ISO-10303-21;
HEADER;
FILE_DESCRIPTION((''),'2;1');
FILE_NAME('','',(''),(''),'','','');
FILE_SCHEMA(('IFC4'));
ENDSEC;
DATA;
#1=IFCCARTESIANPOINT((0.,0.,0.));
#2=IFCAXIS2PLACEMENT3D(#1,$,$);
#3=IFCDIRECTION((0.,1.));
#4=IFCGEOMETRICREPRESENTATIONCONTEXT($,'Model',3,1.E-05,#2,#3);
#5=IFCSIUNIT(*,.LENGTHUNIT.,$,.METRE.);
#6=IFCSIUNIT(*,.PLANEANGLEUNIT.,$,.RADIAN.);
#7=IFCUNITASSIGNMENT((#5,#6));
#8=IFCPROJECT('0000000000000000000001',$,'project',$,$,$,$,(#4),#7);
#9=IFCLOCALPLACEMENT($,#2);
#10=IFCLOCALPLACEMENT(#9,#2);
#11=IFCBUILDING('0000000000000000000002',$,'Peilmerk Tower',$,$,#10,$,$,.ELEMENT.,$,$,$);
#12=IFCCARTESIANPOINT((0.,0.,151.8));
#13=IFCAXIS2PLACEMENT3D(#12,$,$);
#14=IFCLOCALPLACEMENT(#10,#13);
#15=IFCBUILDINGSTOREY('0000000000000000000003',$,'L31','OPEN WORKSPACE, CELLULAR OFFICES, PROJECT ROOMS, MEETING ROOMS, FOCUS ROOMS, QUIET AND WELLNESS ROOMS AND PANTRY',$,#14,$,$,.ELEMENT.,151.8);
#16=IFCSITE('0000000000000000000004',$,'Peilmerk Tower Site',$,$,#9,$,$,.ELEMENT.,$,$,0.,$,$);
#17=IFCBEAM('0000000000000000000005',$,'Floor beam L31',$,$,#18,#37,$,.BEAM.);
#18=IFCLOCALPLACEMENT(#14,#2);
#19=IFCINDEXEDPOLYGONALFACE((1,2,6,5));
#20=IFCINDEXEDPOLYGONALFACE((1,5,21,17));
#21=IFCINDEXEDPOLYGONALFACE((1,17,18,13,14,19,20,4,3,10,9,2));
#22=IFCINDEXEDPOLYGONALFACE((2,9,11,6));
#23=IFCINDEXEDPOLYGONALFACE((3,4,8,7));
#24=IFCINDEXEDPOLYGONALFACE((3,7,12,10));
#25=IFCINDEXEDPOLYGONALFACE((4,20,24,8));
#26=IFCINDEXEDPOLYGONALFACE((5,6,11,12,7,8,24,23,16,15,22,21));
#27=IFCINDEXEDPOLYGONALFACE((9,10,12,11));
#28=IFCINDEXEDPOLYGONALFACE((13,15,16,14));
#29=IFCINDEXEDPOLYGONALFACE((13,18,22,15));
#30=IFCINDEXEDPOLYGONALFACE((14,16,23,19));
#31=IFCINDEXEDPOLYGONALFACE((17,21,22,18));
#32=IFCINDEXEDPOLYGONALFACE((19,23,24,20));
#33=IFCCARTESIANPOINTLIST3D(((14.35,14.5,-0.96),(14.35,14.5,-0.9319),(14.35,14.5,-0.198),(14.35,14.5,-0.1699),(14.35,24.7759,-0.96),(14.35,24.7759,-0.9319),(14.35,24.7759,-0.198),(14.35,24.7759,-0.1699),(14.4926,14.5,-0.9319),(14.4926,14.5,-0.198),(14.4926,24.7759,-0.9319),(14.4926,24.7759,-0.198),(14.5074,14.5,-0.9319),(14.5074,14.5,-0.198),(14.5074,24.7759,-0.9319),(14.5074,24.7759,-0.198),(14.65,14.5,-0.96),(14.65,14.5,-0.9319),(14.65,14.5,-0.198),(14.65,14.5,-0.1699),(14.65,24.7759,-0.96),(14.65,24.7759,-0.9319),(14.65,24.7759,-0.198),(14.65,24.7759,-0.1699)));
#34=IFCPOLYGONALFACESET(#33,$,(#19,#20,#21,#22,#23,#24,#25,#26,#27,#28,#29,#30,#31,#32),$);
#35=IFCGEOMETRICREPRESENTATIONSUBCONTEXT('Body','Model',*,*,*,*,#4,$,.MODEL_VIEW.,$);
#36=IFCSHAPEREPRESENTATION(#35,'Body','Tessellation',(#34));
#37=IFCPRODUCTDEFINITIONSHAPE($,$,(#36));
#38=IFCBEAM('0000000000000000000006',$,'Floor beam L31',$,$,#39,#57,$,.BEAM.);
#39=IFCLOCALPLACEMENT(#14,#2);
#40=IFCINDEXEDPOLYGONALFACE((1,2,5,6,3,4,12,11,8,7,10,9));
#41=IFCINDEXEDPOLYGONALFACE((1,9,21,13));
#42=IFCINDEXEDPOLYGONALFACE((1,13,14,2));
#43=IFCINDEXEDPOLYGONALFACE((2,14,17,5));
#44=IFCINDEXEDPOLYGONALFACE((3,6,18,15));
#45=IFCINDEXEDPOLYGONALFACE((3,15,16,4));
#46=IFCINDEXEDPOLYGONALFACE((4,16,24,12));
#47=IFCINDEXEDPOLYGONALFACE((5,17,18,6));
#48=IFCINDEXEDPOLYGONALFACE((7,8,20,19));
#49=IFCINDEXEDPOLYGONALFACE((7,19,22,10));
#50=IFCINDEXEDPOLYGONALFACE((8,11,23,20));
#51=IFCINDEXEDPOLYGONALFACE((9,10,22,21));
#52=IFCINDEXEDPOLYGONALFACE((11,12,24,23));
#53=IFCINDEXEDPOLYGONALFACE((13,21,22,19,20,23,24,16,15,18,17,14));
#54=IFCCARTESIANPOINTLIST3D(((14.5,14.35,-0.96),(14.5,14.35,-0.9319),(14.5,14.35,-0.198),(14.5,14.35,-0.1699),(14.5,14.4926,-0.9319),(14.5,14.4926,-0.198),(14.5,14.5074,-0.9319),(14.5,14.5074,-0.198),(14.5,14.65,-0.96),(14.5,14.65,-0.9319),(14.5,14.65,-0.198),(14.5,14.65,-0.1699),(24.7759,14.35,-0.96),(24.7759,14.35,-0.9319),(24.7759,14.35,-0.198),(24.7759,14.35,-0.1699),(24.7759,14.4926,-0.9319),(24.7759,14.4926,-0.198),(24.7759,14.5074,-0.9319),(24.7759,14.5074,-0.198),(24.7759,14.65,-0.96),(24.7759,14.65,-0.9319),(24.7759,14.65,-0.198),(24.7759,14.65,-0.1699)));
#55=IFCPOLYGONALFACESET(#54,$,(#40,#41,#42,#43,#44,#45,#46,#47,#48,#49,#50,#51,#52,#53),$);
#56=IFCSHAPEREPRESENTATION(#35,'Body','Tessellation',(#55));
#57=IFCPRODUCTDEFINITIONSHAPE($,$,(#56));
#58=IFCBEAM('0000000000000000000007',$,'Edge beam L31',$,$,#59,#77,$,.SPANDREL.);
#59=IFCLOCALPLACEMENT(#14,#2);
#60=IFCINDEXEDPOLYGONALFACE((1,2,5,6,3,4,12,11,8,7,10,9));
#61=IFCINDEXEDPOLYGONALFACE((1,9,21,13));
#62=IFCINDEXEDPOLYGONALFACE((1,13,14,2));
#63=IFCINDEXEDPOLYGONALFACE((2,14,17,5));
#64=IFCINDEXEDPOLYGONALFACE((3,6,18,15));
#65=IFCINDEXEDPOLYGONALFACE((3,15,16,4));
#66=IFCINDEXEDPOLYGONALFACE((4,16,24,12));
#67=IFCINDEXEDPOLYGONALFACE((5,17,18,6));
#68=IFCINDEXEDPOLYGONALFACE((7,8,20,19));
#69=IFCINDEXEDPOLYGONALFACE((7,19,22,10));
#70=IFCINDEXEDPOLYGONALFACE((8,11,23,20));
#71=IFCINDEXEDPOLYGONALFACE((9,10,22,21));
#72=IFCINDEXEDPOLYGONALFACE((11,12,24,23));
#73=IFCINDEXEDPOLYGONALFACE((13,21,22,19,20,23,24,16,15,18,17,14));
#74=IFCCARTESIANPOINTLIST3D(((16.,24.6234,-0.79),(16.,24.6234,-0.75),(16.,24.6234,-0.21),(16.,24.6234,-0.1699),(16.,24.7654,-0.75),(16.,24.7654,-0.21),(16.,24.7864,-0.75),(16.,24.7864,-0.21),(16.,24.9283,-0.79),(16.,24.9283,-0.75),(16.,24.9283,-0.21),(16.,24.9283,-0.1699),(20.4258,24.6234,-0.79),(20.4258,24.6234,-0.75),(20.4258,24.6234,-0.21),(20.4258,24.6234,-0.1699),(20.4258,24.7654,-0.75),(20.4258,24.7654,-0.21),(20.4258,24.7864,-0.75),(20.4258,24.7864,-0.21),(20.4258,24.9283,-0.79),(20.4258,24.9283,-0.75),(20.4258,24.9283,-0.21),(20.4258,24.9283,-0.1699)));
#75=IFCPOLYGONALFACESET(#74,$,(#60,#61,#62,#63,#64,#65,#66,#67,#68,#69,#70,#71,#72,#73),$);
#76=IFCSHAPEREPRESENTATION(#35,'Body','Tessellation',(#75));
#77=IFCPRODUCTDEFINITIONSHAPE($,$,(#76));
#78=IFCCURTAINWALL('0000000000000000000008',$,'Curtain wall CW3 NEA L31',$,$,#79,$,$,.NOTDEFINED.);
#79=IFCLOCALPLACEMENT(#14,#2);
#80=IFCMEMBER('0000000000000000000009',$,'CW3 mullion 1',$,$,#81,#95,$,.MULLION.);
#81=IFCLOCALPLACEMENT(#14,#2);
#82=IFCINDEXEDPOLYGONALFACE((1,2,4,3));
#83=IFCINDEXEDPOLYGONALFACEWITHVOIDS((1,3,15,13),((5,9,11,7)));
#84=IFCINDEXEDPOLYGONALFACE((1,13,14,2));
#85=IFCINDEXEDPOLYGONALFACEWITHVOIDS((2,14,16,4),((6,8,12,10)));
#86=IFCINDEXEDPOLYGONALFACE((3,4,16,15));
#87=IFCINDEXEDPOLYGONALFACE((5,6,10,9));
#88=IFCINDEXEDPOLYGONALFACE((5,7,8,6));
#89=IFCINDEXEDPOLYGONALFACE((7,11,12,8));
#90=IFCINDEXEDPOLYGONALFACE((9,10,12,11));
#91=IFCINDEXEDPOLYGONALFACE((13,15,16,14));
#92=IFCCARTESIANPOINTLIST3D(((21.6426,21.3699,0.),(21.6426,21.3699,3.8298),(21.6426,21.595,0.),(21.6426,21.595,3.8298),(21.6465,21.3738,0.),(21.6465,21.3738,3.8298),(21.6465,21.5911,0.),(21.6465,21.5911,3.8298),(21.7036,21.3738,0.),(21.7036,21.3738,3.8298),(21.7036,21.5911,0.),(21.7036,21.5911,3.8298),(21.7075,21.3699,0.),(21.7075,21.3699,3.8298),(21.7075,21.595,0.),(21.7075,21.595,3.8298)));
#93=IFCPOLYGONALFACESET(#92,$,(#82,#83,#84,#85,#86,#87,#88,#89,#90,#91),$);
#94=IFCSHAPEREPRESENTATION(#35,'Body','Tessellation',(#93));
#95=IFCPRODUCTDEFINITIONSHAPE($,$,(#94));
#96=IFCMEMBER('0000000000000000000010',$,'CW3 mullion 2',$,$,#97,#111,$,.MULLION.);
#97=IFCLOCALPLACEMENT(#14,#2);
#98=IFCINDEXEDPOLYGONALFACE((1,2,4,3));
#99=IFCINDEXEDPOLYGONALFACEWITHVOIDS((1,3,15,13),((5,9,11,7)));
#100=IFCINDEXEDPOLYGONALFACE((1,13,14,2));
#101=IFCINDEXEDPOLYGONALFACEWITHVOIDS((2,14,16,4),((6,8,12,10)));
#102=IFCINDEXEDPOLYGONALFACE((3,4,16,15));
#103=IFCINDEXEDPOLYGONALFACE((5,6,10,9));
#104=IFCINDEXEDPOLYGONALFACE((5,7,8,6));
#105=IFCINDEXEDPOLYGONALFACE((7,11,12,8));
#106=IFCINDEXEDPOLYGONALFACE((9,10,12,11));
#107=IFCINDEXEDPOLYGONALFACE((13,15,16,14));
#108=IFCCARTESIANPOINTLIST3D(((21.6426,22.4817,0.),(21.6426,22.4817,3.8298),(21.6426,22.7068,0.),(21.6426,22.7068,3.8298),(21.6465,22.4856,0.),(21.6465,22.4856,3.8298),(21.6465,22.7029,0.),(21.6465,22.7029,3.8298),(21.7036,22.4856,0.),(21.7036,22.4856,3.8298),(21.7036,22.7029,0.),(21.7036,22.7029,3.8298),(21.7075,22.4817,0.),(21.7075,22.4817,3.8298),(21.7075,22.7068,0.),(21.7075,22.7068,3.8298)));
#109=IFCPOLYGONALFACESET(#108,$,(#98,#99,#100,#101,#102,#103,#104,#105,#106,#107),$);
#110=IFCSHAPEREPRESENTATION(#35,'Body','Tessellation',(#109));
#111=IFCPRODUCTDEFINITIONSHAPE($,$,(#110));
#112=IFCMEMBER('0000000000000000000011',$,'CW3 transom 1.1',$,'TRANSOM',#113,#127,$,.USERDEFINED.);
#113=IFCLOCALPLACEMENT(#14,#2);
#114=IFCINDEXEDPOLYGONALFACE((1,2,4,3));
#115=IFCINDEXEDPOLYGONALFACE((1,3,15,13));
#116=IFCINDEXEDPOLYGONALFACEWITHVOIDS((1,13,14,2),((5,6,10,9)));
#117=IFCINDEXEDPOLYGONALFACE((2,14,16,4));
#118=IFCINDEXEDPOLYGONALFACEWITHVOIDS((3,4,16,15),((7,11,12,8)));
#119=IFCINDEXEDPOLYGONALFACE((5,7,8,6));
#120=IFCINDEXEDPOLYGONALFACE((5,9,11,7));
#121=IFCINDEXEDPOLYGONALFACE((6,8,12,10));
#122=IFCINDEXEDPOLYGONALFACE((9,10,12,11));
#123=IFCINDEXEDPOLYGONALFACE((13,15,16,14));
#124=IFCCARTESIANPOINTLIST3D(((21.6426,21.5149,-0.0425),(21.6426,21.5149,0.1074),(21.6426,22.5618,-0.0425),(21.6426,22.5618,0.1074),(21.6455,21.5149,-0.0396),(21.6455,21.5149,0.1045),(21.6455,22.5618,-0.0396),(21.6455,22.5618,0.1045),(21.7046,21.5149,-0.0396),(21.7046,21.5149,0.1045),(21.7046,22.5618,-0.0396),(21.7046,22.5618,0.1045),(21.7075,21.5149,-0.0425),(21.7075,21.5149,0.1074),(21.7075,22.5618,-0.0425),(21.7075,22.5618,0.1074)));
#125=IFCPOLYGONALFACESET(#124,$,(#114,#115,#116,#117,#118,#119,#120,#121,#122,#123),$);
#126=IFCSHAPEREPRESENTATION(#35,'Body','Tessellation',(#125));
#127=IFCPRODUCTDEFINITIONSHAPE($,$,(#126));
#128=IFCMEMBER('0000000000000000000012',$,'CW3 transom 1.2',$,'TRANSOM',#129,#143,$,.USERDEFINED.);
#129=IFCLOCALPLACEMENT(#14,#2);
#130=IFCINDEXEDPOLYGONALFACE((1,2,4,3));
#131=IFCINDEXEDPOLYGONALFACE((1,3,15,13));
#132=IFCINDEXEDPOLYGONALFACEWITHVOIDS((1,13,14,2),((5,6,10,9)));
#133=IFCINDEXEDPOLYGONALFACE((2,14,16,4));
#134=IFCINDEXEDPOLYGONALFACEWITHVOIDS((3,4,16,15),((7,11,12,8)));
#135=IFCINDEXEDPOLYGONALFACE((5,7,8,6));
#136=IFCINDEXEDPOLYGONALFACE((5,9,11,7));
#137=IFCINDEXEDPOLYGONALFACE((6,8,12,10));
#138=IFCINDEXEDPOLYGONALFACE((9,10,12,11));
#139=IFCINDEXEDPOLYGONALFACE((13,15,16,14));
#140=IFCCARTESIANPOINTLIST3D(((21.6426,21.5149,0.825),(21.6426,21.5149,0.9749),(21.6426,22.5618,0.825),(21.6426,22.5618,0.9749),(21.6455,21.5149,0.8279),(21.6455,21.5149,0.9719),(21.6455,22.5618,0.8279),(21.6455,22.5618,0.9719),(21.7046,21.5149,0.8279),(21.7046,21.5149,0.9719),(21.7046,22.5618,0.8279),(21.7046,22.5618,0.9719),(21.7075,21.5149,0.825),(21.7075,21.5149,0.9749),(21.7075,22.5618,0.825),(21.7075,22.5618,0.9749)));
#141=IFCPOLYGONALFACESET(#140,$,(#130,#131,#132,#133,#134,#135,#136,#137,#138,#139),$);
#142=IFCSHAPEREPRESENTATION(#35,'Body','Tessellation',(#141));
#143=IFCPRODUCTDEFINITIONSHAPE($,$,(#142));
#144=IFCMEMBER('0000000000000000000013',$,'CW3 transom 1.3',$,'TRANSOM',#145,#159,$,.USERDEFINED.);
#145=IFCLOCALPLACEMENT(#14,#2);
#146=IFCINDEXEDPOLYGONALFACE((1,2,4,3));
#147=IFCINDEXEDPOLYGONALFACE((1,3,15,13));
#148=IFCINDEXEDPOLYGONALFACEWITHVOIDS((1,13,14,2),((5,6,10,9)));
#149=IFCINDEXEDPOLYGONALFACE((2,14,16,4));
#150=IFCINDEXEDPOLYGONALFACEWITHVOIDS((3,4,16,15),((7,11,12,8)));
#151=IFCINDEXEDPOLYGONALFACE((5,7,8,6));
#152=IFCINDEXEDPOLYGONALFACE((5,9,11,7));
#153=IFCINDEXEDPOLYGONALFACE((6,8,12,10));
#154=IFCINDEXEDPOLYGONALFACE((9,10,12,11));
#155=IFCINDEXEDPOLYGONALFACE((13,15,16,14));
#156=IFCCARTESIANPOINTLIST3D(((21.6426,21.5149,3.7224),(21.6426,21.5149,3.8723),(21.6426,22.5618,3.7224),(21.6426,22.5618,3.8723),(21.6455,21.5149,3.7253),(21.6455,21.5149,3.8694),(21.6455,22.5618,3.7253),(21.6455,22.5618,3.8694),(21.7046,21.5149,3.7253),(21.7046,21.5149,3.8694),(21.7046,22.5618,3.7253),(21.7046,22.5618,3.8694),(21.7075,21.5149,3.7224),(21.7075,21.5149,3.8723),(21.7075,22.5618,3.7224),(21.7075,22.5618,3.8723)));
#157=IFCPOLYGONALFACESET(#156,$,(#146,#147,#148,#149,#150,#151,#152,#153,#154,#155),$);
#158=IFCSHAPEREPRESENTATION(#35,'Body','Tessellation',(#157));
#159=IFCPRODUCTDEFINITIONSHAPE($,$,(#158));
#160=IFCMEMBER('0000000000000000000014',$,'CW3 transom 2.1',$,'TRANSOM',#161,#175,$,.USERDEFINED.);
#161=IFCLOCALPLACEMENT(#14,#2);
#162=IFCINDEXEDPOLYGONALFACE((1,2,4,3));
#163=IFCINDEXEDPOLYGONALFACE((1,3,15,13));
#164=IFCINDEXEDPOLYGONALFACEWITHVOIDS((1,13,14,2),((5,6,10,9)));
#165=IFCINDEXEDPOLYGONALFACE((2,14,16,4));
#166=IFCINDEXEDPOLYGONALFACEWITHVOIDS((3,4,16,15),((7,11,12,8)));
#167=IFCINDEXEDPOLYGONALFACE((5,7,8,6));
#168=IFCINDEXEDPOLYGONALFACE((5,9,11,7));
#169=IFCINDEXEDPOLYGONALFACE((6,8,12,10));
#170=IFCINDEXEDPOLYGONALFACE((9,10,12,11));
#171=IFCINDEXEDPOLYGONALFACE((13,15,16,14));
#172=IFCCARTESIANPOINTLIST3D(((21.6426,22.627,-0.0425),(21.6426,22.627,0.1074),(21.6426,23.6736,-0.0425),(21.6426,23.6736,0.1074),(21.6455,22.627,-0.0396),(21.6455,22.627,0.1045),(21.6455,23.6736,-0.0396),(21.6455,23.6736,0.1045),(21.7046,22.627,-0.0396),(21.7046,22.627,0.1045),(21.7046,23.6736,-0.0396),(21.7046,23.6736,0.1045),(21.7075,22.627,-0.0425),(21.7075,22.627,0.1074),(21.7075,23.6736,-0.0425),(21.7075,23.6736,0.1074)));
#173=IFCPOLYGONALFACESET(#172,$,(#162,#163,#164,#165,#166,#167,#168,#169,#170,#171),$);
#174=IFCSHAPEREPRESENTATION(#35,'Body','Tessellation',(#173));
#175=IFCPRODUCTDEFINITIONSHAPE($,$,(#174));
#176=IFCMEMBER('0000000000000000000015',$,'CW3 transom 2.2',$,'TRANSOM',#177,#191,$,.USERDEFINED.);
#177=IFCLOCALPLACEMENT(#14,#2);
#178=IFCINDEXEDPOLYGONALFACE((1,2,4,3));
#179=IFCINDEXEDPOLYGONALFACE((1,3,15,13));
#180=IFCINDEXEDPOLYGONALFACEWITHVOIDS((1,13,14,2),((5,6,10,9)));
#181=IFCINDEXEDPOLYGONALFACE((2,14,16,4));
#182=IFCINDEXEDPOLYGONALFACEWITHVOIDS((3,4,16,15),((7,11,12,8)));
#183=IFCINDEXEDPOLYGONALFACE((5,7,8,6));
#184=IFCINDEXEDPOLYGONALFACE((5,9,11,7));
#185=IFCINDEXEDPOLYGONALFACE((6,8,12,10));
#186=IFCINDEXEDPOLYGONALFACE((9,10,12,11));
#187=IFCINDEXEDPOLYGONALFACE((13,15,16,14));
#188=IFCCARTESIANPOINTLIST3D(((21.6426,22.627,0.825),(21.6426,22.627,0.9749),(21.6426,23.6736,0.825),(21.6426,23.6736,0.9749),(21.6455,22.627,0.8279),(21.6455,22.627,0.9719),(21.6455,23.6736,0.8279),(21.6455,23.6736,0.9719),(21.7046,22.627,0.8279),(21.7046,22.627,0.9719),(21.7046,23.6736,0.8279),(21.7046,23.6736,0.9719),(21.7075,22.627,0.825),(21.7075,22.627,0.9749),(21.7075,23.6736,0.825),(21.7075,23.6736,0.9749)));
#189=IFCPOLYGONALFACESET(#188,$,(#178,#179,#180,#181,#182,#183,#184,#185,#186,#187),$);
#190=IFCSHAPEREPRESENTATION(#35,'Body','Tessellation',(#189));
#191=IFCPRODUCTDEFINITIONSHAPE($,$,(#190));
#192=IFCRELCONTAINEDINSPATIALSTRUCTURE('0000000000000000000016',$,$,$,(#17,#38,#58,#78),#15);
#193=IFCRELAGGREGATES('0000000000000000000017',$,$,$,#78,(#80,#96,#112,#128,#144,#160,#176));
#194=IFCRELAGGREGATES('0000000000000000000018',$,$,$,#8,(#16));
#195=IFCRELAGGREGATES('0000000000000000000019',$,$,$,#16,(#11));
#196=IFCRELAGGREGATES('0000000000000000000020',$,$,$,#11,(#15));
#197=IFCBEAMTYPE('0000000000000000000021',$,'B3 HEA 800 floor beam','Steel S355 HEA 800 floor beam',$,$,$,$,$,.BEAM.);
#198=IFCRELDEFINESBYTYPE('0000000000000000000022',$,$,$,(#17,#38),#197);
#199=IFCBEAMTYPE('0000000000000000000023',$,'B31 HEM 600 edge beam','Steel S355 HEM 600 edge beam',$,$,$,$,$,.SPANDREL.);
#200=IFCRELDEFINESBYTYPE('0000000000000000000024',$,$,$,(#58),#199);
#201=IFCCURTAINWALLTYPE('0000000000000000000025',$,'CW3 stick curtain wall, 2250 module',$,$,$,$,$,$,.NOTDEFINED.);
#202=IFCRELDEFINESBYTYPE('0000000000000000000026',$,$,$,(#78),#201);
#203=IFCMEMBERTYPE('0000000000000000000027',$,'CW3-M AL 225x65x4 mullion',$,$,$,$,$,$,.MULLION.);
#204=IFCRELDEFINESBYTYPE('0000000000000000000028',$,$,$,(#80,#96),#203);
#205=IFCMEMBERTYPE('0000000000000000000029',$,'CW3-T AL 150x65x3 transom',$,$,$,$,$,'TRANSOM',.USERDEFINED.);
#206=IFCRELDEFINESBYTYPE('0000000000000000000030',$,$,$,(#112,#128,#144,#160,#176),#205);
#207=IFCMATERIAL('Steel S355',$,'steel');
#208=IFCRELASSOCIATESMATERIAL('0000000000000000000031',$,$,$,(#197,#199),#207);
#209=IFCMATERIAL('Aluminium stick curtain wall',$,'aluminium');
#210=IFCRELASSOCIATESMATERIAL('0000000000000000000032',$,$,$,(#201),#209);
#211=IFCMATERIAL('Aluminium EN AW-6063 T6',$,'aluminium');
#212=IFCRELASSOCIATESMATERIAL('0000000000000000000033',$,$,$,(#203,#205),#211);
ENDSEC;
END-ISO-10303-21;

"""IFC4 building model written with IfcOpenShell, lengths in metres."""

from ifc_helpers import new_model, si_unit, direction, frame, origin, origin_2d, place, context, subcontext, project, spatial, hollow_rectangle, i_section, extrude, material, material_profile, profile_set, type_object, element, aggregate, save


model = new_model("IFC4")

# Units and contexts
model_context = context("Model", 3, precision=1e-05, world=origin(), true_north=direction((0.0, 1.0)))
body_context = subcontext(model_context, "Body", "Model", "MODEL_VIEW")
ifc_project = project(units=[si_unit("LENGTHUNIT", "METRE"), si_unit("PLANEANGLEUNIT", "RADIAN")], contexts=[model_context])

# Site, building, storey
site_placement = place(None, origin())
site = spatial("IfcSite", under=ifc_project, at=site_placement, Name="Peilmerk Tower Site", CompositionType="ELEMENT", RefElevation=0.0)
building_placement = place(site_placement, origin())
building = spatial("IfcBuilding", under=site, at=building_placement, Name="Peilmerk Tower", CompositionType="ELEMENT")
storey_placement = place(building_placement, frame((0.0, 0.0, 151.8)))
storey = spatial("IfcBuildingStorey", under=building, at=storey_placement, Name="L31", Description="OPEN WORKSPACE, CELLULAR OFFICES, PROJECT ROOMS, MEETING ROOMS, FOCUS ROOMS, QUIET AND WELLNESS ROOMS AND PANTRY", CompositionType="ELEMENT", Elevation=151.8)

# Beams
ifc_material_1 = material(Name="Steel S355", Category="steel")
ifc_material_profile_1 = material_profile(ifc_material_1, i_section(OverallWidth=0.3, OverallDepth=0.79, WebThickness=0.0149, FlangeThickness=0.0281, at=origin_2d()), Name="HEA 800")
ifc_profile_set_1 = profile_set([ifc_material_profile_1], Name="Steel S355")
beam_type_1 = type_object("IfcBeamType", Name="B3 HEA 800 floor beam", Description="Steel S355 HEA 800 floor beam", PredefinedType="BEAM", material=ifc_profile_set_1)
for number, where, z_axis, x_axis, name in (
    (1, (14.5, 14.5, -0.5649), (0.0, 1.0, 0.0), (-1.0, 0.0, 0.0), "Floor beam L31"),
    (2, (14.5, 14.5, -0.5649), (1.0, 0.0, 0.0), (0.0, 1.0, 0.0), "Floor beam L31"),
):
    element("IfcBeam", number, at=place(storey_placement, frame(where, z_axis=z_axis, x_axis=x_axis)), inside=storey, type_object=beam_type_1, Name=name, PredefinedType="BEAM", context=body_context, shape_type="SweptSolid", body=[
        extrude(i_section(OverallWidth=0.3, OverallDepth=0.79, WebThickness=0.0149, FlangeThickness=0.0281, at=origin_2d()), origin(), (0.0, 0.0, 1.0), 10.2759),
    ])
ifc_material_profile_2 = material_profile(ifc_material_1, i_section(OverallWidth=0.3049, OverallDepth=0.6201, WebThickness=0.021, FlangeThickness=0.04, at=origin_2d()), Name="HEM 600")
ifc_profile_set_2 = profile_set([ifc_material_profile_2], Name="Steel S355")
beam_type_2 = type_object("IfcBeamType", Name="B31 HEM 600 edge beam", Description="Steel S355 HEM 600 edge beam", PredefinedType="SPANDREL", material=ifc_profile_set_2)
beam_1_placement = place(storey_placement, frame((20.4258, 24.7759, -0.48), z_axis=(-1.0, 0.0, 0.0), x_axis=(0.0, -1.0, 0.0)))
element("IfcBeam", 3, at=beam_1_placement, inside=storey, type_object=beam_type_2, Name="Edge beam L31", PredefinedType="SPANDREL", context=body_context, shape_type="SweptSolid", body=[
    extrude(i_section(OverallWidth=0.3049, OverallDepth=0.6201, WebThickness=0.021, FlangeThickness=0.04, at=origin_2d()), origin(), (0.0, 0.0, 1.0), 4.4258),
])

# Curtain wall, members
ifc_material_2 = material(Name="Aluminium stick curtain wall", Category="aluminium")
curtain_wall_type = type_object("IfcCurtainWallType", Name="CW3 stick curtain wall, 2250 module", PredefinedType="NOTDEFINED", material=ifc_material_2)
curtain_wall_placement = place(storey_placement, origin())
curtain_wall = element("IfcCurtainWall", 4, at=curtain_wall_placement, inside=storey, type_object=curtain_wall_type, Name="Curtain wall CW3 NEA L31", PredefinedType="NOTDEFINED")
ifc_material_3 = material(Name="Aluminium EN AW-6063 T6", Category="aluminium")
ifc_material_profile_3 = material_profile(ifc_material_3, hollow_rectangle(XDim=0.0649, YDim=0.2251, WallThickness=0.0039, at=origin_2d()), Name="AL 225x65x4")
ifc_profile_set_3 = profile_set([ifc_material_profile_3], Name="Aluminium EN AW-6063 T6")
member_type_1 = type_object("IfcMemberType", Name="CW3-M AL 225x65x4 mullion", PredefinedType="MULLION", material=ifc_profile_set_3)
member_1_placement = place(storey_placement, frame((21.675, 21.4824, 0.0), z_axis=(0.0, 0.0, 1.0), x_axis=(-1.0, 0.0, 0.0)))
member_1 = element("IfcMember", 5, at=member_1_placement, type_object=member_type_1, Name="CW3 mullion 1", PredefinedType="MULLION", context=body_context, shape_type="SweptSolid", body=[
    extrude(hollow_rectangle(XDim=0.0649, YDim=0.2251, WallThickness=0.0039, at=origin_2d()), origin(), (0.0, 0.0, 1.0), 3.8298),
])
member_2_placement = place(storey_placement, frame((21.675, 22.5942, 0.0), z_axis=(0.0, 0.0, 1.0), x_axis=(-1.0, 0.0, 0.0)))
member_2 = element("IfcMember", 6, at=member_2_placement, type_object=member_type_1, Name="CW3 mullion 2", PredefinedType="MULLION", context=body_context, shape_type="SweptSolid", body=[
    extrude(hollow_rectangle(XDim=0.0649, YDim=0.2251, WallThickness=0.0039, at=origin_2d()), origin(), (0.0, 0.0, 1.0), 3.8298),
])
ifc_material_profile_4 = material_profile(ifc_material_3, hollow_rectangle(XDim=0.0649, YDim=0.1499, WallThickness=0.0029, at=origin_2d()), Name="AL 150x65x3")
ifc_profile_set_4 = profile_set([ifc_material_profile_4], Name="Aluminium EN AW-6063 T6")
member_type_2 = type_object("IfcMemberType", Name="CW3-T AL 150x65x3 transom", ElementType="TRANSOM", PredefinedType="USERDEFINED", material=ifc_profile_set_4)
member_3_placement = place(storey_placement, frame((21.675, 21.5149, 0.0325), z_axis=(0.0, 1.0, 0.0), x_axis=(-1.0, 0.0, 0.0)))
member_3 = element("IfcMember", 7, at=member_3_placement, type_object=member_type_2, Name="CW3 transom 1.1", ObjectType="TRANSOM", PredefinedType="USERDEFINED", context=body_context, shape_type="SweptSolid", body=[
    extrude(hollow_rectangle(XDim=0.0649, YDim=0.1499, WallThickness=0.0029, at=origin_2d()), origin(), (0.0, 0.0, 1.0), 1.0469),
])
member_4_placement = place(storey_placement, frame((21.675, 21.5149, 0.8999), z_axis=(0.0, 1.0, 0.0), x_axis=(-1.0, 0.0, 0.0)))
member_4 = element("IfcMember", 8, at=member_4_placement, type_object=member_type_2, Name="CW3 transom 1.2", ObjectType="TRANSOM", PredefinedType="USERDEFINED", context=body_context, shape_type="SweptSolid", body=[
    extrude(hollow_rectangle(XDim=0.0649, YDim=0.1499, WallThickness=0.0029, at=origin_2d()), origin(), (0.0, 0.0, 1.0), 1.0469),
])
member_5_placement = place(storey_placement, frame((21.675, 21.5149, 3.7974), z_axis=(0.0, 1.0, 0.0), x_axis=(-1.0, 0.0, 0.0)))
member_5 = element("IfcMember", 9, at=member_5_placement, type_object=member_type_2, Name="CW3 transom 1.3", ObjectType="TRANSOM", PredefinedType="USERDEFINED", context=body_context, shape_type="SweptSolid", body=[
    extrude(hollow_rectangle(XDim=0.0649, YDim=0.1499, WallThickness=0.0029, at=origin_2d()), origin(), (0.0, 0.0, 1.0), 1.0469),
])
member_6_placement = place(storey_placement, frame((21.675, 22.627, 0.0325), z_axis=(0.0, 1.0, 0.0), x_axis=(-1.0, 0.0, 0.0)))
member_6 = element("IfcMember", 10, at=member_6_placement, type_object=member_type_2, Name="CW3 transom 2.1", ObjectType="TRANSOM", PredefinedType="USERDEFINED", context=body_context, shape_type="SweptSolid", body=[
    extrude(hollow_rectangle(XDim=0.0649, YDim=0.1499, WallThickness=0.0029, at=origin_2d()), origin(), (0.0, 0.0, 1.0), 1.0466),
])
member_7_placement = place(storey_placement, frame((21.675, 22.627, 0.8999), z_axis=(0.0, 1.0, 0.0), x_axis=(-1.0, 0.0, 0.0)))
member_7 = element("IfcMember", 11, at=member_7_placement, type_object=member_type_2, Name="CW3 transom 2.2", ObjectType="TRANSOM", PredefinedType="USERDEFINED", context=body_context, shape_type="SweptSolid", body=[
    extrude(hollow_rectangle(XDim=0.0649, YDim=0.1499, WallThickness=0.0029, at=origin_2d()), origin(), (0.0, 0.0, 1.0), 1.0466),
])
aggregate(curtain_wall, [member_1, member_2, member_3, member_4, member_5, member_6, member_7])

save(model, "model.ifc")
